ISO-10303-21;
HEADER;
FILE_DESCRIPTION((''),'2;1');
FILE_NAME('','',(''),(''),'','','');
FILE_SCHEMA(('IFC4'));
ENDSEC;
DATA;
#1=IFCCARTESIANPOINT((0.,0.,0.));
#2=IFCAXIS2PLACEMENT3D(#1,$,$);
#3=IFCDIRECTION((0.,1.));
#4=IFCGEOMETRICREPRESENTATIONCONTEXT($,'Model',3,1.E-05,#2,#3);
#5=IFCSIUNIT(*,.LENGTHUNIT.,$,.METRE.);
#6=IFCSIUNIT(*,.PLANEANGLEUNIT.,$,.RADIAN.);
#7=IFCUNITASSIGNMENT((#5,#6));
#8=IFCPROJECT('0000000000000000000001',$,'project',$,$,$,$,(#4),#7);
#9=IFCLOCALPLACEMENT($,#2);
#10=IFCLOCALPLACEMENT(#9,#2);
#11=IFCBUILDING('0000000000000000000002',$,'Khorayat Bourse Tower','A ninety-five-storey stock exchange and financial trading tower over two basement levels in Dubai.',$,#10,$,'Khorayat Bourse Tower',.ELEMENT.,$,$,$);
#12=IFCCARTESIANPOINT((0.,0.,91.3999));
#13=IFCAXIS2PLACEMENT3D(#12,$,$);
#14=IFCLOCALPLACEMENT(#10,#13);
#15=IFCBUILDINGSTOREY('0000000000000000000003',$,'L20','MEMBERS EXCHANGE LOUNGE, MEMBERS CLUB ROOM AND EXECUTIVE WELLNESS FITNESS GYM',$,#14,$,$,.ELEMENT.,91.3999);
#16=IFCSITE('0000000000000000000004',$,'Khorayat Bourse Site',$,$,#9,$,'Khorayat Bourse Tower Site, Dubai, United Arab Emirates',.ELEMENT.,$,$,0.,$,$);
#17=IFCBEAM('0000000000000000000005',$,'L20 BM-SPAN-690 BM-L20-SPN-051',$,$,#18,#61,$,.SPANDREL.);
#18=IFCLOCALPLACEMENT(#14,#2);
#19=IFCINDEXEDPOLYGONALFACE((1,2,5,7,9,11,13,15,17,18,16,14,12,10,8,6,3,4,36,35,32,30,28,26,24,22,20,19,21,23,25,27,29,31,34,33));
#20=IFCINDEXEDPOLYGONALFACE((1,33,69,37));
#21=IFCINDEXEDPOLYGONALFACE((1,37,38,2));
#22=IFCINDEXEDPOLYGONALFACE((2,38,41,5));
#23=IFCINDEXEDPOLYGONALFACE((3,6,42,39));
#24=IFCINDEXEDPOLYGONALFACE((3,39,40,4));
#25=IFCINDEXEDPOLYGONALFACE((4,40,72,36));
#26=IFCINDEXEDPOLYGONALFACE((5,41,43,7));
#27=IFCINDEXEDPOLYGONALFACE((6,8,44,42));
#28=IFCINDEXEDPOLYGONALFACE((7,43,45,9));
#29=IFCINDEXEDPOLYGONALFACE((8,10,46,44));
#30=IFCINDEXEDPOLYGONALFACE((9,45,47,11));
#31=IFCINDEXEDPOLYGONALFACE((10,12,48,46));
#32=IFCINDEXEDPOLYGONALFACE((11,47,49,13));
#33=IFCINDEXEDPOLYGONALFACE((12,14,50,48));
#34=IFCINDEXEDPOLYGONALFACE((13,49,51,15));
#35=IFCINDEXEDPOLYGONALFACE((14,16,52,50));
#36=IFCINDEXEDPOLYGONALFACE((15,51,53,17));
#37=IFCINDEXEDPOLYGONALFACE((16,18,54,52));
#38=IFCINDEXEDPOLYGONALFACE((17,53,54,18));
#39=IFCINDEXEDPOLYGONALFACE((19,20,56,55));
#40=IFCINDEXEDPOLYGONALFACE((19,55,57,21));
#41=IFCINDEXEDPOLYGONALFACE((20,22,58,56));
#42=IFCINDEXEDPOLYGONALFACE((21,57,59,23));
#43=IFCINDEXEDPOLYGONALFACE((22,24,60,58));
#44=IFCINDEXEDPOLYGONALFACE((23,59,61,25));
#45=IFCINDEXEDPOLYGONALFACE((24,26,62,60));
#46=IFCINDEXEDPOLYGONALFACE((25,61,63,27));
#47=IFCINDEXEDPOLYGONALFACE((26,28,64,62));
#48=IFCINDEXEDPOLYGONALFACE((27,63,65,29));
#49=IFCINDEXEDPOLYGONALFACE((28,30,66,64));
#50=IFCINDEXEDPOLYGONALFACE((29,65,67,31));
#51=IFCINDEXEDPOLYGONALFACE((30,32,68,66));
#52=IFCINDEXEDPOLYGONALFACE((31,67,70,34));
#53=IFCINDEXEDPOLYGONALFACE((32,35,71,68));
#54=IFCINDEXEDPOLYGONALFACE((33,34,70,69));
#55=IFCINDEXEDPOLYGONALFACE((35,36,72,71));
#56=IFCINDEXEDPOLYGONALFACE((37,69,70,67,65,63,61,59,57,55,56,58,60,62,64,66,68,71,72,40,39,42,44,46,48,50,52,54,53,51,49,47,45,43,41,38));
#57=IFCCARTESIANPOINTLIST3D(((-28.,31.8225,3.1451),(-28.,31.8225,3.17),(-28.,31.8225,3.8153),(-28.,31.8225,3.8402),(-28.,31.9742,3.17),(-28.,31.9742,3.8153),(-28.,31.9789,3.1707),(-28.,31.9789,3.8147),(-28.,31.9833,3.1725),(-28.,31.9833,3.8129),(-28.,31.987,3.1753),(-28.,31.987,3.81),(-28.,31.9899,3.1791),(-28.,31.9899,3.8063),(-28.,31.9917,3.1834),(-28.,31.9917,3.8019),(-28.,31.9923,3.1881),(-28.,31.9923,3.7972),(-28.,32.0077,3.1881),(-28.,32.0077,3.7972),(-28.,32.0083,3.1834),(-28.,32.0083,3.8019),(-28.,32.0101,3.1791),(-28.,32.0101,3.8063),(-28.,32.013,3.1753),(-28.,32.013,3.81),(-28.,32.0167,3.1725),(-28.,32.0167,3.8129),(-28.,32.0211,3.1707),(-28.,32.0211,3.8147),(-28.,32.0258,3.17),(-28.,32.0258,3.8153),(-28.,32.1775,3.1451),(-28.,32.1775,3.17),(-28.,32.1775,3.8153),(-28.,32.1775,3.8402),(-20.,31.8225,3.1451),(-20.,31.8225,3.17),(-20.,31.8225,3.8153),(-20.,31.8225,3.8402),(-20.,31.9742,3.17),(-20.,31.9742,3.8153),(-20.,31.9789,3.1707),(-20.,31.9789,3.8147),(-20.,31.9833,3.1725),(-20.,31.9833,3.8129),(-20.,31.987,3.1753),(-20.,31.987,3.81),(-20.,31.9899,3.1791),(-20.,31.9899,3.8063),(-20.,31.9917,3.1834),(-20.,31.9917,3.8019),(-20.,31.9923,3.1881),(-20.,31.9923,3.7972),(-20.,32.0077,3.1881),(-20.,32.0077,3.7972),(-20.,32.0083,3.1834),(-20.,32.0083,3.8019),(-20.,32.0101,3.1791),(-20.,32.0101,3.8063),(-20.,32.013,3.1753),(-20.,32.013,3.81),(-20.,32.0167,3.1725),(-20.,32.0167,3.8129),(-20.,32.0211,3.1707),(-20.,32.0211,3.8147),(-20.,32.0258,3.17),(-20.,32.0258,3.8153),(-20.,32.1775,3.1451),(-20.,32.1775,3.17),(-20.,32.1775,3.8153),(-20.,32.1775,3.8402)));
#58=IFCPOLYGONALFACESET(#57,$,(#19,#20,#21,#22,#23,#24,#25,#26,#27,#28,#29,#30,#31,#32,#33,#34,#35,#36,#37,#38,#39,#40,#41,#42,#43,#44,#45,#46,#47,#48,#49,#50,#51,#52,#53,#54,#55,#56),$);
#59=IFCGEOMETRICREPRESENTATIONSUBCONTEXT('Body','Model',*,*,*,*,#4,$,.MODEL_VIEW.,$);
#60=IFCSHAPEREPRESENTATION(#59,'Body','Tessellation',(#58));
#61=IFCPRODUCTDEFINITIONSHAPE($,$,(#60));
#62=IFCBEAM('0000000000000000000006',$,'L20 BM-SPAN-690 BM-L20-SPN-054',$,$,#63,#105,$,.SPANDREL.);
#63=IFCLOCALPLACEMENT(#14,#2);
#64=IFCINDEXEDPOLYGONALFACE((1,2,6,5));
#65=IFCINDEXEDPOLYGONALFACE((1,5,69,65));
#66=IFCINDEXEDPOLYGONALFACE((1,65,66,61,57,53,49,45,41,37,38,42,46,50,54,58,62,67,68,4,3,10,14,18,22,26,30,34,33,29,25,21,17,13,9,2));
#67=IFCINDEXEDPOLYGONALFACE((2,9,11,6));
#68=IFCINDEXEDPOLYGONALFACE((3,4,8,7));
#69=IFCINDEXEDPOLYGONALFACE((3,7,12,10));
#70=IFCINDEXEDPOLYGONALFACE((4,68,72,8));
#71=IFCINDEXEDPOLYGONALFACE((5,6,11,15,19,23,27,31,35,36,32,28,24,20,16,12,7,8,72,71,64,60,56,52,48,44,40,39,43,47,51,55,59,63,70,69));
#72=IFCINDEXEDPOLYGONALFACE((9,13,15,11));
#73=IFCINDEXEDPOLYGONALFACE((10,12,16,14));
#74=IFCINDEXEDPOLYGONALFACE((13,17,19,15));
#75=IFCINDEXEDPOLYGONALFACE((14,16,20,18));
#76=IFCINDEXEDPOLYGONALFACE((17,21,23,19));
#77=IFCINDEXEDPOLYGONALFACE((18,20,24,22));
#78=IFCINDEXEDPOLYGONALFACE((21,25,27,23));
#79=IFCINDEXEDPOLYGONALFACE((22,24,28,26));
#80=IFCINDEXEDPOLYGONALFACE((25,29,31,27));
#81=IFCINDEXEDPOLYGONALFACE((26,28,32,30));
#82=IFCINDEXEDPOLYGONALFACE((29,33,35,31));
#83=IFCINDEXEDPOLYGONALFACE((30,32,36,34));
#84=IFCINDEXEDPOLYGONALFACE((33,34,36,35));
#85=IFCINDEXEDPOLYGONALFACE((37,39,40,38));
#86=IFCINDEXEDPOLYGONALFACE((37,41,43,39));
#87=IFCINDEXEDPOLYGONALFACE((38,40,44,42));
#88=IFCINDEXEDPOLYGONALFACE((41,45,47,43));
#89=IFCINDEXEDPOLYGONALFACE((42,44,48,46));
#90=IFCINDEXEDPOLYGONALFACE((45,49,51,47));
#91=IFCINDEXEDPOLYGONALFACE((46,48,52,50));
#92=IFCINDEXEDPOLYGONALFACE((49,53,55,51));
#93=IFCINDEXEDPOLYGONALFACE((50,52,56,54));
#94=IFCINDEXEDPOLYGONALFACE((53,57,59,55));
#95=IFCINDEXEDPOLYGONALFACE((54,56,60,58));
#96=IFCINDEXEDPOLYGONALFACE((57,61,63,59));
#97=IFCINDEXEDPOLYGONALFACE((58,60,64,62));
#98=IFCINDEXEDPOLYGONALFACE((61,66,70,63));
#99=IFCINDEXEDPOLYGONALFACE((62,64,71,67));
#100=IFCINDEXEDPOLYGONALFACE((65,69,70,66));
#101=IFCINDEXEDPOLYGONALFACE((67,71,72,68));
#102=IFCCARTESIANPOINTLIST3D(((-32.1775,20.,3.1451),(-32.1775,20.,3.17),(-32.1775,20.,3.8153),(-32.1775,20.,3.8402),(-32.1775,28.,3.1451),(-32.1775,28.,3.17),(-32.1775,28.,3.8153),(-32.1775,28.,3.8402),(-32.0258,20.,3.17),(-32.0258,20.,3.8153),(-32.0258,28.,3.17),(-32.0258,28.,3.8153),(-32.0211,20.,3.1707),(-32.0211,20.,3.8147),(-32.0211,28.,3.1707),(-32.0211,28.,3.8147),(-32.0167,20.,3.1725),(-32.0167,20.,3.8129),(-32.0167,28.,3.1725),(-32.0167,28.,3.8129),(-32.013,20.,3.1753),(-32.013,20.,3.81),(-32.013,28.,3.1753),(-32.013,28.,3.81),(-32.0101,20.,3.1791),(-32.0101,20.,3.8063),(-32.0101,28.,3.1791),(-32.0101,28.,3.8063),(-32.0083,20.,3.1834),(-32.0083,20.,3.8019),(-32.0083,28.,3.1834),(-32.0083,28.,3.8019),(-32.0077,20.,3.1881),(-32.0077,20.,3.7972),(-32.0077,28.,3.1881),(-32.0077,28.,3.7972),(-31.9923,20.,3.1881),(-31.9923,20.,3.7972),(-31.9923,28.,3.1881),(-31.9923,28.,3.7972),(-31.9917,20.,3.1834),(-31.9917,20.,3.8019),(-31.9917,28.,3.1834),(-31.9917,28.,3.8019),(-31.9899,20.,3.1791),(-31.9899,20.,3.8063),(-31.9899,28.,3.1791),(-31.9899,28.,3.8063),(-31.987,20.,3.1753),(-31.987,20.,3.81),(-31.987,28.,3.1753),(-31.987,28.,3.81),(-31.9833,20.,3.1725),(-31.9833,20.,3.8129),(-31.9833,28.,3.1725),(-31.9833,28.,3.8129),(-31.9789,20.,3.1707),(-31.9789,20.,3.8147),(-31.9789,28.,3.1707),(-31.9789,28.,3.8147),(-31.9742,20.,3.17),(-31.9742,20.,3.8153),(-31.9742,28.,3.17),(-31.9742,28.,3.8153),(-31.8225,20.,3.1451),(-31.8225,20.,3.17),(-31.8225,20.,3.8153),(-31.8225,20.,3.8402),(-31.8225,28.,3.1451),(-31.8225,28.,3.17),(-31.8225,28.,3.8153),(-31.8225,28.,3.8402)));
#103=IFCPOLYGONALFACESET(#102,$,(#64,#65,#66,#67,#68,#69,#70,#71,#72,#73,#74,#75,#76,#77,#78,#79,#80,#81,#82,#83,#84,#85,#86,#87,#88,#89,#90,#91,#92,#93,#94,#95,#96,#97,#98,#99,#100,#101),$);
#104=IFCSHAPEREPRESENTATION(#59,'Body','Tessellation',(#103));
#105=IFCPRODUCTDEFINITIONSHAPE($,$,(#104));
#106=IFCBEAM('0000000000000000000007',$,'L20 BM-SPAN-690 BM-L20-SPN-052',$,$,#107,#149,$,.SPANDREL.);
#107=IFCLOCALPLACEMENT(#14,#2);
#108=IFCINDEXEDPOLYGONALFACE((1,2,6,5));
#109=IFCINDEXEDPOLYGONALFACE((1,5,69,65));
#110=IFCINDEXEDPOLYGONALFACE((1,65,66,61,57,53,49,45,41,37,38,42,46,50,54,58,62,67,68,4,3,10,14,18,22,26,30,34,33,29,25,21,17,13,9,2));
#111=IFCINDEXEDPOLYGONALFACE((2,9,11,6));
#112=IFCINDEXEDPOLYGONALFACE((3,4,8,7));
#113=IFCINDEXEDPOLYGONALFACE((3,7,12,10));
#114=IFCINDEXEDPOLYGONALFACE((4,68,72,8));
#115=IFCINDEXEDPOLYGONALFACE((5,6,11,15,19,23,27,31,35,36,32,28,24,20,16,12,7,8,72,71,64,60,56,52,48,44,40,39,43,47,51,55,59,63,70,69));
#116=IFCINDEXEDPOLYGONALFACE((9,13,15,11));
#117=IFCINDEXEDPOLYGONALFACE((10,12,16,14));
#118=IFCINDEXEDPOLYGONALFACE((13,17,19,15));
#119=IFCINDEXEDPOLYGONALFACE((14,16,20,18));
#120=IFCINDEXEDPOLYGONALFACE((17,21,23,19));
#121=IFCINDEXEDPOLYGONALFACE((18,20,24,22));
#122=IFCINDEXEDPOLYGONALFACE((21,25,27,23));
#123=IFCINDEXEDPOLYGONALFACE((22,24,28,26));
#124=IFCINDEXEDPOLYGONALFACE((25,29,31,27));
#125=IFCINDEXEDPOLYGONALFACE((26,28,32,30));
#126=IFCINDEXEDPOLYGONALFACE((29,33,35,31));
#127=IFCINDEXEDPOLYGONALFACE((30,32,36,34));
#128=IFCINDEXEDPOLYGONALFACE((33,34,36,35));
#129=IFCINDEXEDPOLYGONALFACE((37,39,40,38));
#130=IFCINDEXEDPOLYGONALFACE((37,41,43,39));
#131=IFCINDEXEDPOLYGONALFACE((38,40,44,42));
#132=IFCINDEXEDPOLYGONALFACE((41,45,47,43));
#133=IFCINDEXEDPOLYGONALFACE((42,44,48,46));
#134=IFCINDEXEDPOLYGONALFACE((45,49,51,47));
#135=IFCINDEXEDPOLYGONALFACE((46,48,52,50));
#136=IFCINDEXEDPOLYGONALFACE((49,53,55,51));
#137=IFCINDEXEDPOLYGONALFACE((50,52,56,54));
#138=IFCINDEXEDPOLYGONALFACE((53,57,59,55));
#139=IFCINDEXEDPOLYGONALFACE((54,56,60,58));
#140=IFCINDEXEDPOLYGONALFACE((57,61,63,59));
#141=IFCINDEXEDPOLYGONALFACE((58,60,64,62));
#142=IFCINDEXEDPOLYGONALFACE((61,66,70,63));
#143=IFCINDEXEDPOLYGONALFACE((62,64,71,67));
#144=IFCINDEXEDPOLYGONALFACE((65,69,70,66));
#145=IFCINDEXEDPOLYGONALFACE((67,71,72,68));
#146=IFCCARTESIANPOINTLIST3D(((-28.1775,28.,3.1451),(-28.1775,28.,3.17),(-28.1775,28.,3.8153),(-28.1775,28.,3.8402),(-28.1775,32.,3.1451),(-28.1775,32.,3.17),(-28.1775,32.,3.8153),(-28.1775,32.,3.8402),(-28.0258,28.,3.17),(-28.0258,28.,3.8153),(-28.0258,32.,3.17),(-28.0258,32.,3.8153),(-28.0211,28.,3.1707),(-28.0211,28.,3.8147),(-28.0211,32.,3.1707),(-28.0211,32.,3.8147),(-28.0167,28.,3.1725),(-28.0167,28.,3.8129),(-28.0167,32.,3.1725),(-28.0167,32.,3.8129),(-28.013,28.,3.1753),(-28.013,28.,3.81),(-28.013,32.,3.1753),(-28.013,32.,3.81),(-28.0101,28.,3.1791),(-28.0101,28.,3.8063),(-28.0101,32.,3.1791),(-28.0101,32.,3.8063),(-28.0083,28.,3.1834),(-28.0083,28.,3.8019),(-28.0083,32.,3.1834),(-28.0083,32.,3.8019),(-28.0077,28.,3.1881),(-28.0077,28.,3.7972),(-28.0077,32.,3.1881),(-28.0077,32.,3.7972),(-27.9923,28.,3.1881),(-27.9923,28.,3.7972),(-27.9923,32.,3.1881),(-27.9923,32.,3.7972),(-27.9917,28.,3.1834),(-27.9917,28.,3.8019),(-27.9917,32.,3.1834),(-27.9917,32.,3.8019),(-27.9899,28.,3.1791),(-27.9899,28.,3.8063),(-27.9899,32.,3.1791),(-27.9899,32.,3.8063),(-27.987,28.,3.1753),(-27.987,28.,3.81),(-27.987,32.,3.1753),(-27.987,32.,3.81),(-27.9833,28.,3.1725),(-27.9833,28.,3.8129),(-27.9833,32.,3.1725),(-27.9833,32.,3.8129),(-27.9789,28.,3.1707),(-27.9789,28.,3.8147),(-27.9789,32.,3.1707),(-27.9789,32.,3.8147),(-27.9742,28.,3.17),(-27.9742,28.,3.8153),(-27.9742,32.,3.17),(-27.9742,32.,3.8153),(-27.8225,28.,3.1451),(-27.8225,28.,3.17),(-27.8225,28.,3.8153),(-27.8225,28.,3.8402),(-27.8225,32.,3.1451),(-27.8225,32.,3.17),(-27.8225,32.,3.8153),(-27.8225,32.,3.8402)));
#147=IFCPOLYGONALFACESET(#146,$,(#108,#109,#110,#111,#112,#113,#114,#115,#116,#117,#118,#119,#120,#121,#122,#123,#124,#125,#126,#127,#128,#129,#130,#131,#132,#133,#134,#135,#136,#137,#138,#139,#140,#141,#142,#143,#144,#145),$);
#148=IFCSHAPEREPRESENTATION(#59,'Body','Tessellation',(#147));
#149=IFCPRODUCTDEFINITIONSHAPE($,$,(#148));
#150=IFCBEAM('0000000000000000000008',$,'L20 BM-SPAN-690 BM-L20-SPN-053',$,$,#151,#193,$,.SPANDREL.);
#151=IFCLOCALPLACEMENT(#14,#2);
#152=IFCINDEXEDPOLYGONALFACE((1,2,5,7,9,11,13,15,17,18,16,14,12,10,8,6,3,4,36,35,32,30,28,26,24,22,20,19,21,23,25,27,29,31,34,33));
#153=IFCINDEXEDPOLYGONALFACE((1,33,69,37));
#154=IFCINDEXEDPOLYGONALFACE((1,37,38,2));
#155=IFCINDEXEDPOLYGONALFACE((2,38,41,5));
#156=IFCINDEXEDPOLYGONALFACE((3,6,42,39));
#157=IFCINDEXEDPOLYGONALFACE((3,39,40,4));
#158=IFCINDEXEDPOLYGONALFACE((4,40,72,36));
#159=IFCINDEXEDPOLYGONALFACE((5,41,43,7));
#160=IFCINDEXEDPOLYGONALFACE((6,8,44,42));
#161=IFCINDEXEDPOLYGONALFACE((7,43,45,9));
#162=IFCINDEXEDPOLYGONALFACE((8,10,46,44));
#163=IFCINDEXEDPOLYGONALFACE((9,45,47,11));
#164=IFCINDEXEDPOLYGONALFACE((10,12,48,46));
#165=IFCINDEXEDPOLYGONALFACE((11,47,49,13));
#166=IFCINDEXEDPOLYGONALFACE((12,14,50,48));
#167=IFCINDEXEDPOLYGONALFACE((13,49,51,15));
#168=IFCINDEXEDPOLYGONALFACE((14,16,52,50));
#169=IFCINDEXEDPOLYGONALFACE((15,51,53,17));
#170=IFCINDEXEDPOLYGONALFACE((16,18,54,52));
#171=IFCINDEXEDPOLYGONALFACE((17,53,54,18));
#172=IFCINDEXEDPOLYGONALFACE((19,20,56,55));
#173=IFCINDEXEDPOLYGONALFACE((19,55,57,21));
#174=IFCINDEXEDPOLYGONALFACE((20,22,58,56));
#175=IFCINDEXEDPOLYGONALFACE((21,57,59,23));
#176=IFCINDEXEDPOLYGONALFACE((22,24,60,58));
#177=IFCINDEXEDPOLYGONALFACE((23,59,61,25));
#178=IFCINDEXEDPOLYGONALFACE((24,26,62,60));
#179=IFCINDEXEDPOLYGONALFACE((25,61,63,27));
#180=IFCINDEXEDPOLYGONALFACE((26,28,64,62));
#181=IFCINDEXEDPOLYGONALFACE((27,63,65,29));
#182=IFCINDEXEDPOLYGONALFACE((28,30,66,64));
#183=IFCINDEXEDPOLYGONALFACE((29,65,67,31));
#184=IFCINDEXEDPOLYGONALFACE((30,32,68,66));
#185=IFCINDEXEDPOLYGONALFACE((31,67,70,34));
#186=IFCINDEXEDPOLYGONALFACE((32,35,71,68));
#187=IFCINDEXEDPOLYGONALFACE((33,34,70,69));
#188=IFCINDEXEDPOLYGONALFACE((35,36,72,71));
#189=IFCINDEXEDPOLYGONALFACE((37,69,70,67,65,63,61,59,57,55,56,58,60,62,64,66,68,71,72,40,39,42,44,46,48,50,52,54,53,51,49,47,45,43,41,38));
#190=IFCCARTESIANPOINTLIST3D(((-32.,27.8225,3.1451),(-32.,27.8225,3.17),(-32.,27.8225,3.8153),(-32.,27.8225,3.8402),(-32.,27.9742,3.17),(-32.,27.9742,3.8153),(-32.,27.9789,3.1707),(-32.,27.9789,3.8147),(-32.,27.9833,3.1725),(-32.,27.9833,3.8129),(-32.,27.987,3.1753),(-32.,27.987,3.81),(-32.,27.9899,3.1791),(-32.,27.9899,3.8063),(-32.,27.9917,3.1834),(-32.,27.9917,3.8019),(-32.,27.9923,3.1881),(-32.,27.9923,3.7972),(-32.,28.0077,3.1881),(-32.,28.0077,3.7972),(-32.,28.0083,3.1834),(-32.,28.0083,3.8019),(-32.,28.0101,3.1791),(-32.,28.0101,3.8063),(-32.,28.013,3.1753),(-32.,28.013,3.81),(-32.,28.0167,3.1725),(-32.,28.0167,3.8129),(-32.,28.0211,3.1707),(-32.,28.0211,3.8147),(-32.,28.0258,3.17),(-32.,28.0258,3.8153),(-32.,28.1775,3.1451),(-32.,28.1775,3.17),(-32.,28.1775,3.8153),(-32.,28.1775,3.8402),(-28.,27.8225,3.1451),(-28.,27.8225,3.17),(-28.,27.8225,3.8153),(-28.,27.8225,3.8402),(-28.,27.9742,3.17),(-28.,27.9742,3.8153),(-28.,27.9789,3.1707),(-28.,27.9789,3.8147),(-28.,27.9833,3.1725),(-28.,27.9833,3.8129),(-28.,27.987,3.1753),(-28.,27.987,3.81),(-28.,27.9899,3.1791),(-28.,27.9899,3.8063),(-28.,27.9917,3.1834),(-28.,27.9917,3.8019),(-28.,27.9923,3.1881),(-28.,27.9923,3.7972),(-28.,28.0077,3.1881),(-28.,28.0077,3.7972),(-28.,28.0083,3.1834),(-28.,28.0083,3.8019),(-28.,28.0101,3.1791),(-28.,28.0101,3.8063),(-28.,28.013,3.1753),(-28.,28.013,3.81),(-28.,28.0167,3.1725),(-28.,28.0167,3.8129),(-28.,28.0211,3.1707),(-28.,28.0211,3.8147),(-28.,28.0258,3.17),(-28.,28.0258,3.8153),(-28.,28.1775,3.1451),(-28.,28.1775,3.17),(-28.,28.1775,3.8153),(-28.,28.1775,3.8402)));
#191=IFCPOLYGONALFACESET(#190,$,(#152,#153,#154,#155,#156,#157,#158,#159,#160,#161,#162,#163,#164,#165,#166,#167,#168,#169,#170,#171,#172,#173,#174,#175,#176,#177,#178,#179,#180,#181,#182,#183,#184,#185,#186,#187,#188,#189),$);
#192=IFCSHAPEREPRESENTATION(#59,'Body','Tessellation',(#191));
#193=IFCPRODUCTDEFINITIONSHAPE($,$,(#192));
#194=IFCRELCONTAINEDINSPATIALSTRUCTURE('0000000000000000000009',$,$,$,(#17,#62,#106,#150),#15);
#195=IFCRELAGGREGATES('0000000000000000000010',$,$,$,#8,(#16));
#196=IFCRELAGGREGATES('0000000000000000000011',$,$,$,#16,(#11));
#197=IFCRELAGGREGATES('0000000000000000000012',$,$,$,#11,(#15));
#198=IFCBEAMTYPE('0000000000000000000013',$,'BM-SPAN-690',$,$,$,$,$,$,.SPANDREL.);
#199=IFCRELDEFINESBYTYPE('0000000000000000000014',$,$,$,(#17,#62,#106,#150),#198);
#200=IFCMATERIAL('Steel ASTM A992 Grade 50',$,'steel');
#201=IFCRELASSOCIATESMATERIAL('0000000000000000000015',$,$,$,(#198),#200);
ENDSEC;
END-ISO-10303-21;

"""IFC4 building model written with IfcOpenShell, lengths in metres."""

from ifc_helpers import new_model, si_unit, direction, frame, origin, origin_2d, place, context, subcontext, project, spatial, i_section, extrude, source, transform, mapped, material, material_profile, profile_set, type_object, element, save


model = new_model("IFC4")

# Units and contexts
model_context = context("Model", 3, precision=1e-05, world=origin(), true_north=direction((0.0, 1.0)))
body_context = subcontext(model_context, "Body", "Model", "MODEL_VIEW")
ifc_project = project(units=[si_unit("LENGTHUNIT", "METRE"), si_unit("PLANEANGLEUNIT", "RADIAN")], contexts=[model_context])

# Site, building, storey
site_placement = place(None, origin())
site = spatial("IfcSite", under=ifc_project, at=site_placement, Name="Khorayat Bourse Site", LongName="Khorayat Bourse Tower Site, Dubai, United Arab Emirates", CompositionType="ELEMENT", RefElevation=0.0)
building_placement = place(site_placement, origin())
building = spatial("IfcBuilding", under=site, at=building_placement, Name="Khorayat Bourse Tower", Description="A ninety-five-storey stock exchange and financial trading tower over two basement levels in Dubai.", LongName="Khorayat Bourse Tower", CompositionType="ELEMENT")
storey_placement = place(building_placement, frame((0.0, 0.0, 91.3999)))
storey = spatial("IfcBuildingStorey", under=building, at=storey_placement, Name="L20", Description="MEMBERS EXCHANGE LOUNGE, MEMBERS CLUB ROOM AND EXECUTIVE WELLNESS FITNESS GYM", CompositionType="ELEMENT", Elevation=91.3999)

# Beams
ifc_material_1 = material(Name="Steel ASTM A992 Grade 50", Category="steel")
ifc_material_profile_1 = material_profile(ifc_material_1, i_section(OverallWidth=0.355, OverallDepth=0.6951, WebThickness=0.0154, FlangeThickness=0.0249, FilletRadius=0.0181, at=origin_2d()), Name="W690X217")
ifc_profile_set_1 = profile_set([ifc_material_profile_1], Name="Steel ASTM A992 Grade 50")
beam_type_1 = type_object("IfcBeamType", Name="BM-SPAN-690", PredefinedType="SPANDREL", material=ifc_profile_set_1)
shared_shape_1 = source(origin(), body_context, "Body", "SweptSolid", [
    extrude(i_section(OverallWidth=0.355, OverallDepth=0.6951, WebThickness=0.0154, FlangeThickness=0.0249, FilletRadius=0.0181, at=origin_2d()), origin(), (0.0, 0.0, 1.0), 8.0),
])
for number, where, z_axis, x_axis, name in (
    (1, (-28.0, 32.0, 3.4927), (1.0, 0.0, 0.0), (0.0, 1.0, 0.0), "L20 BM-SPAN-690 BM-L20-SPN-051"),
    (2, (-32.0, 20.0, 3.4927), (0.0, 1.0, 0.0), (-1.0, 0.0, 0.0), "L20 BM-SPAN-690 BM-L20-SPN-054"),
):
    element("IfcBeam", number, at=place(storey_placement, frame(where, z_axis=z_axis, x_axis=x_axis)), inside=storey, type_object=beam_type_1, Name=name, PredefinedType="SPANDREL", context=body_context, shape_type="MappedRepresentation", body=[
        mapped(shared_shape_1, transform((0.0, 0.0, 0.0), scale=1.0)),
    ])
shared_shape_2 = source(origin(), body_context, "Body", "SweptSolid", [
    extrude(i_section(OverallWidth=0.355, OverallDepth=0.6951, WebThickness=0.0154, FlangeThickness=0.0249, FilletRadius=0.0181, at=origin_2d()), origin(), (0.0, 0.0, 1.0), 4.0),
])
for number, where, z_axis, x_axis, name in (
    (3, (-28.0, 28.0, 3.4927), (0.0, 1.0, 0.0), (-1.0, 0.0, 0.0), "L20 BM-SPAN-690 BM-L20-SPN-052"),
    (4, (-32.0, 28.0, 3.4927), (1.0, 0.0, 0.0), (0.0, 1.0, 0.0), "L20 BM-SPAN-690 BM-L20-SPN-053"),
):
    element("IfcBeam", number, at=place(storey_placement, frame(where, z_axis=z_axis, x_axis=x_axis)), inside=storey, type_object=beam_type_1, Name=name, PredefinedType="SPANDREL", context=body_context, shape_type="MappedRepresentation", body=[
        mapped(shared_shape_2, transform((0.0, 0.0, 0.0), scale=1.0)),
    ])

save(model, "model.ifc")
